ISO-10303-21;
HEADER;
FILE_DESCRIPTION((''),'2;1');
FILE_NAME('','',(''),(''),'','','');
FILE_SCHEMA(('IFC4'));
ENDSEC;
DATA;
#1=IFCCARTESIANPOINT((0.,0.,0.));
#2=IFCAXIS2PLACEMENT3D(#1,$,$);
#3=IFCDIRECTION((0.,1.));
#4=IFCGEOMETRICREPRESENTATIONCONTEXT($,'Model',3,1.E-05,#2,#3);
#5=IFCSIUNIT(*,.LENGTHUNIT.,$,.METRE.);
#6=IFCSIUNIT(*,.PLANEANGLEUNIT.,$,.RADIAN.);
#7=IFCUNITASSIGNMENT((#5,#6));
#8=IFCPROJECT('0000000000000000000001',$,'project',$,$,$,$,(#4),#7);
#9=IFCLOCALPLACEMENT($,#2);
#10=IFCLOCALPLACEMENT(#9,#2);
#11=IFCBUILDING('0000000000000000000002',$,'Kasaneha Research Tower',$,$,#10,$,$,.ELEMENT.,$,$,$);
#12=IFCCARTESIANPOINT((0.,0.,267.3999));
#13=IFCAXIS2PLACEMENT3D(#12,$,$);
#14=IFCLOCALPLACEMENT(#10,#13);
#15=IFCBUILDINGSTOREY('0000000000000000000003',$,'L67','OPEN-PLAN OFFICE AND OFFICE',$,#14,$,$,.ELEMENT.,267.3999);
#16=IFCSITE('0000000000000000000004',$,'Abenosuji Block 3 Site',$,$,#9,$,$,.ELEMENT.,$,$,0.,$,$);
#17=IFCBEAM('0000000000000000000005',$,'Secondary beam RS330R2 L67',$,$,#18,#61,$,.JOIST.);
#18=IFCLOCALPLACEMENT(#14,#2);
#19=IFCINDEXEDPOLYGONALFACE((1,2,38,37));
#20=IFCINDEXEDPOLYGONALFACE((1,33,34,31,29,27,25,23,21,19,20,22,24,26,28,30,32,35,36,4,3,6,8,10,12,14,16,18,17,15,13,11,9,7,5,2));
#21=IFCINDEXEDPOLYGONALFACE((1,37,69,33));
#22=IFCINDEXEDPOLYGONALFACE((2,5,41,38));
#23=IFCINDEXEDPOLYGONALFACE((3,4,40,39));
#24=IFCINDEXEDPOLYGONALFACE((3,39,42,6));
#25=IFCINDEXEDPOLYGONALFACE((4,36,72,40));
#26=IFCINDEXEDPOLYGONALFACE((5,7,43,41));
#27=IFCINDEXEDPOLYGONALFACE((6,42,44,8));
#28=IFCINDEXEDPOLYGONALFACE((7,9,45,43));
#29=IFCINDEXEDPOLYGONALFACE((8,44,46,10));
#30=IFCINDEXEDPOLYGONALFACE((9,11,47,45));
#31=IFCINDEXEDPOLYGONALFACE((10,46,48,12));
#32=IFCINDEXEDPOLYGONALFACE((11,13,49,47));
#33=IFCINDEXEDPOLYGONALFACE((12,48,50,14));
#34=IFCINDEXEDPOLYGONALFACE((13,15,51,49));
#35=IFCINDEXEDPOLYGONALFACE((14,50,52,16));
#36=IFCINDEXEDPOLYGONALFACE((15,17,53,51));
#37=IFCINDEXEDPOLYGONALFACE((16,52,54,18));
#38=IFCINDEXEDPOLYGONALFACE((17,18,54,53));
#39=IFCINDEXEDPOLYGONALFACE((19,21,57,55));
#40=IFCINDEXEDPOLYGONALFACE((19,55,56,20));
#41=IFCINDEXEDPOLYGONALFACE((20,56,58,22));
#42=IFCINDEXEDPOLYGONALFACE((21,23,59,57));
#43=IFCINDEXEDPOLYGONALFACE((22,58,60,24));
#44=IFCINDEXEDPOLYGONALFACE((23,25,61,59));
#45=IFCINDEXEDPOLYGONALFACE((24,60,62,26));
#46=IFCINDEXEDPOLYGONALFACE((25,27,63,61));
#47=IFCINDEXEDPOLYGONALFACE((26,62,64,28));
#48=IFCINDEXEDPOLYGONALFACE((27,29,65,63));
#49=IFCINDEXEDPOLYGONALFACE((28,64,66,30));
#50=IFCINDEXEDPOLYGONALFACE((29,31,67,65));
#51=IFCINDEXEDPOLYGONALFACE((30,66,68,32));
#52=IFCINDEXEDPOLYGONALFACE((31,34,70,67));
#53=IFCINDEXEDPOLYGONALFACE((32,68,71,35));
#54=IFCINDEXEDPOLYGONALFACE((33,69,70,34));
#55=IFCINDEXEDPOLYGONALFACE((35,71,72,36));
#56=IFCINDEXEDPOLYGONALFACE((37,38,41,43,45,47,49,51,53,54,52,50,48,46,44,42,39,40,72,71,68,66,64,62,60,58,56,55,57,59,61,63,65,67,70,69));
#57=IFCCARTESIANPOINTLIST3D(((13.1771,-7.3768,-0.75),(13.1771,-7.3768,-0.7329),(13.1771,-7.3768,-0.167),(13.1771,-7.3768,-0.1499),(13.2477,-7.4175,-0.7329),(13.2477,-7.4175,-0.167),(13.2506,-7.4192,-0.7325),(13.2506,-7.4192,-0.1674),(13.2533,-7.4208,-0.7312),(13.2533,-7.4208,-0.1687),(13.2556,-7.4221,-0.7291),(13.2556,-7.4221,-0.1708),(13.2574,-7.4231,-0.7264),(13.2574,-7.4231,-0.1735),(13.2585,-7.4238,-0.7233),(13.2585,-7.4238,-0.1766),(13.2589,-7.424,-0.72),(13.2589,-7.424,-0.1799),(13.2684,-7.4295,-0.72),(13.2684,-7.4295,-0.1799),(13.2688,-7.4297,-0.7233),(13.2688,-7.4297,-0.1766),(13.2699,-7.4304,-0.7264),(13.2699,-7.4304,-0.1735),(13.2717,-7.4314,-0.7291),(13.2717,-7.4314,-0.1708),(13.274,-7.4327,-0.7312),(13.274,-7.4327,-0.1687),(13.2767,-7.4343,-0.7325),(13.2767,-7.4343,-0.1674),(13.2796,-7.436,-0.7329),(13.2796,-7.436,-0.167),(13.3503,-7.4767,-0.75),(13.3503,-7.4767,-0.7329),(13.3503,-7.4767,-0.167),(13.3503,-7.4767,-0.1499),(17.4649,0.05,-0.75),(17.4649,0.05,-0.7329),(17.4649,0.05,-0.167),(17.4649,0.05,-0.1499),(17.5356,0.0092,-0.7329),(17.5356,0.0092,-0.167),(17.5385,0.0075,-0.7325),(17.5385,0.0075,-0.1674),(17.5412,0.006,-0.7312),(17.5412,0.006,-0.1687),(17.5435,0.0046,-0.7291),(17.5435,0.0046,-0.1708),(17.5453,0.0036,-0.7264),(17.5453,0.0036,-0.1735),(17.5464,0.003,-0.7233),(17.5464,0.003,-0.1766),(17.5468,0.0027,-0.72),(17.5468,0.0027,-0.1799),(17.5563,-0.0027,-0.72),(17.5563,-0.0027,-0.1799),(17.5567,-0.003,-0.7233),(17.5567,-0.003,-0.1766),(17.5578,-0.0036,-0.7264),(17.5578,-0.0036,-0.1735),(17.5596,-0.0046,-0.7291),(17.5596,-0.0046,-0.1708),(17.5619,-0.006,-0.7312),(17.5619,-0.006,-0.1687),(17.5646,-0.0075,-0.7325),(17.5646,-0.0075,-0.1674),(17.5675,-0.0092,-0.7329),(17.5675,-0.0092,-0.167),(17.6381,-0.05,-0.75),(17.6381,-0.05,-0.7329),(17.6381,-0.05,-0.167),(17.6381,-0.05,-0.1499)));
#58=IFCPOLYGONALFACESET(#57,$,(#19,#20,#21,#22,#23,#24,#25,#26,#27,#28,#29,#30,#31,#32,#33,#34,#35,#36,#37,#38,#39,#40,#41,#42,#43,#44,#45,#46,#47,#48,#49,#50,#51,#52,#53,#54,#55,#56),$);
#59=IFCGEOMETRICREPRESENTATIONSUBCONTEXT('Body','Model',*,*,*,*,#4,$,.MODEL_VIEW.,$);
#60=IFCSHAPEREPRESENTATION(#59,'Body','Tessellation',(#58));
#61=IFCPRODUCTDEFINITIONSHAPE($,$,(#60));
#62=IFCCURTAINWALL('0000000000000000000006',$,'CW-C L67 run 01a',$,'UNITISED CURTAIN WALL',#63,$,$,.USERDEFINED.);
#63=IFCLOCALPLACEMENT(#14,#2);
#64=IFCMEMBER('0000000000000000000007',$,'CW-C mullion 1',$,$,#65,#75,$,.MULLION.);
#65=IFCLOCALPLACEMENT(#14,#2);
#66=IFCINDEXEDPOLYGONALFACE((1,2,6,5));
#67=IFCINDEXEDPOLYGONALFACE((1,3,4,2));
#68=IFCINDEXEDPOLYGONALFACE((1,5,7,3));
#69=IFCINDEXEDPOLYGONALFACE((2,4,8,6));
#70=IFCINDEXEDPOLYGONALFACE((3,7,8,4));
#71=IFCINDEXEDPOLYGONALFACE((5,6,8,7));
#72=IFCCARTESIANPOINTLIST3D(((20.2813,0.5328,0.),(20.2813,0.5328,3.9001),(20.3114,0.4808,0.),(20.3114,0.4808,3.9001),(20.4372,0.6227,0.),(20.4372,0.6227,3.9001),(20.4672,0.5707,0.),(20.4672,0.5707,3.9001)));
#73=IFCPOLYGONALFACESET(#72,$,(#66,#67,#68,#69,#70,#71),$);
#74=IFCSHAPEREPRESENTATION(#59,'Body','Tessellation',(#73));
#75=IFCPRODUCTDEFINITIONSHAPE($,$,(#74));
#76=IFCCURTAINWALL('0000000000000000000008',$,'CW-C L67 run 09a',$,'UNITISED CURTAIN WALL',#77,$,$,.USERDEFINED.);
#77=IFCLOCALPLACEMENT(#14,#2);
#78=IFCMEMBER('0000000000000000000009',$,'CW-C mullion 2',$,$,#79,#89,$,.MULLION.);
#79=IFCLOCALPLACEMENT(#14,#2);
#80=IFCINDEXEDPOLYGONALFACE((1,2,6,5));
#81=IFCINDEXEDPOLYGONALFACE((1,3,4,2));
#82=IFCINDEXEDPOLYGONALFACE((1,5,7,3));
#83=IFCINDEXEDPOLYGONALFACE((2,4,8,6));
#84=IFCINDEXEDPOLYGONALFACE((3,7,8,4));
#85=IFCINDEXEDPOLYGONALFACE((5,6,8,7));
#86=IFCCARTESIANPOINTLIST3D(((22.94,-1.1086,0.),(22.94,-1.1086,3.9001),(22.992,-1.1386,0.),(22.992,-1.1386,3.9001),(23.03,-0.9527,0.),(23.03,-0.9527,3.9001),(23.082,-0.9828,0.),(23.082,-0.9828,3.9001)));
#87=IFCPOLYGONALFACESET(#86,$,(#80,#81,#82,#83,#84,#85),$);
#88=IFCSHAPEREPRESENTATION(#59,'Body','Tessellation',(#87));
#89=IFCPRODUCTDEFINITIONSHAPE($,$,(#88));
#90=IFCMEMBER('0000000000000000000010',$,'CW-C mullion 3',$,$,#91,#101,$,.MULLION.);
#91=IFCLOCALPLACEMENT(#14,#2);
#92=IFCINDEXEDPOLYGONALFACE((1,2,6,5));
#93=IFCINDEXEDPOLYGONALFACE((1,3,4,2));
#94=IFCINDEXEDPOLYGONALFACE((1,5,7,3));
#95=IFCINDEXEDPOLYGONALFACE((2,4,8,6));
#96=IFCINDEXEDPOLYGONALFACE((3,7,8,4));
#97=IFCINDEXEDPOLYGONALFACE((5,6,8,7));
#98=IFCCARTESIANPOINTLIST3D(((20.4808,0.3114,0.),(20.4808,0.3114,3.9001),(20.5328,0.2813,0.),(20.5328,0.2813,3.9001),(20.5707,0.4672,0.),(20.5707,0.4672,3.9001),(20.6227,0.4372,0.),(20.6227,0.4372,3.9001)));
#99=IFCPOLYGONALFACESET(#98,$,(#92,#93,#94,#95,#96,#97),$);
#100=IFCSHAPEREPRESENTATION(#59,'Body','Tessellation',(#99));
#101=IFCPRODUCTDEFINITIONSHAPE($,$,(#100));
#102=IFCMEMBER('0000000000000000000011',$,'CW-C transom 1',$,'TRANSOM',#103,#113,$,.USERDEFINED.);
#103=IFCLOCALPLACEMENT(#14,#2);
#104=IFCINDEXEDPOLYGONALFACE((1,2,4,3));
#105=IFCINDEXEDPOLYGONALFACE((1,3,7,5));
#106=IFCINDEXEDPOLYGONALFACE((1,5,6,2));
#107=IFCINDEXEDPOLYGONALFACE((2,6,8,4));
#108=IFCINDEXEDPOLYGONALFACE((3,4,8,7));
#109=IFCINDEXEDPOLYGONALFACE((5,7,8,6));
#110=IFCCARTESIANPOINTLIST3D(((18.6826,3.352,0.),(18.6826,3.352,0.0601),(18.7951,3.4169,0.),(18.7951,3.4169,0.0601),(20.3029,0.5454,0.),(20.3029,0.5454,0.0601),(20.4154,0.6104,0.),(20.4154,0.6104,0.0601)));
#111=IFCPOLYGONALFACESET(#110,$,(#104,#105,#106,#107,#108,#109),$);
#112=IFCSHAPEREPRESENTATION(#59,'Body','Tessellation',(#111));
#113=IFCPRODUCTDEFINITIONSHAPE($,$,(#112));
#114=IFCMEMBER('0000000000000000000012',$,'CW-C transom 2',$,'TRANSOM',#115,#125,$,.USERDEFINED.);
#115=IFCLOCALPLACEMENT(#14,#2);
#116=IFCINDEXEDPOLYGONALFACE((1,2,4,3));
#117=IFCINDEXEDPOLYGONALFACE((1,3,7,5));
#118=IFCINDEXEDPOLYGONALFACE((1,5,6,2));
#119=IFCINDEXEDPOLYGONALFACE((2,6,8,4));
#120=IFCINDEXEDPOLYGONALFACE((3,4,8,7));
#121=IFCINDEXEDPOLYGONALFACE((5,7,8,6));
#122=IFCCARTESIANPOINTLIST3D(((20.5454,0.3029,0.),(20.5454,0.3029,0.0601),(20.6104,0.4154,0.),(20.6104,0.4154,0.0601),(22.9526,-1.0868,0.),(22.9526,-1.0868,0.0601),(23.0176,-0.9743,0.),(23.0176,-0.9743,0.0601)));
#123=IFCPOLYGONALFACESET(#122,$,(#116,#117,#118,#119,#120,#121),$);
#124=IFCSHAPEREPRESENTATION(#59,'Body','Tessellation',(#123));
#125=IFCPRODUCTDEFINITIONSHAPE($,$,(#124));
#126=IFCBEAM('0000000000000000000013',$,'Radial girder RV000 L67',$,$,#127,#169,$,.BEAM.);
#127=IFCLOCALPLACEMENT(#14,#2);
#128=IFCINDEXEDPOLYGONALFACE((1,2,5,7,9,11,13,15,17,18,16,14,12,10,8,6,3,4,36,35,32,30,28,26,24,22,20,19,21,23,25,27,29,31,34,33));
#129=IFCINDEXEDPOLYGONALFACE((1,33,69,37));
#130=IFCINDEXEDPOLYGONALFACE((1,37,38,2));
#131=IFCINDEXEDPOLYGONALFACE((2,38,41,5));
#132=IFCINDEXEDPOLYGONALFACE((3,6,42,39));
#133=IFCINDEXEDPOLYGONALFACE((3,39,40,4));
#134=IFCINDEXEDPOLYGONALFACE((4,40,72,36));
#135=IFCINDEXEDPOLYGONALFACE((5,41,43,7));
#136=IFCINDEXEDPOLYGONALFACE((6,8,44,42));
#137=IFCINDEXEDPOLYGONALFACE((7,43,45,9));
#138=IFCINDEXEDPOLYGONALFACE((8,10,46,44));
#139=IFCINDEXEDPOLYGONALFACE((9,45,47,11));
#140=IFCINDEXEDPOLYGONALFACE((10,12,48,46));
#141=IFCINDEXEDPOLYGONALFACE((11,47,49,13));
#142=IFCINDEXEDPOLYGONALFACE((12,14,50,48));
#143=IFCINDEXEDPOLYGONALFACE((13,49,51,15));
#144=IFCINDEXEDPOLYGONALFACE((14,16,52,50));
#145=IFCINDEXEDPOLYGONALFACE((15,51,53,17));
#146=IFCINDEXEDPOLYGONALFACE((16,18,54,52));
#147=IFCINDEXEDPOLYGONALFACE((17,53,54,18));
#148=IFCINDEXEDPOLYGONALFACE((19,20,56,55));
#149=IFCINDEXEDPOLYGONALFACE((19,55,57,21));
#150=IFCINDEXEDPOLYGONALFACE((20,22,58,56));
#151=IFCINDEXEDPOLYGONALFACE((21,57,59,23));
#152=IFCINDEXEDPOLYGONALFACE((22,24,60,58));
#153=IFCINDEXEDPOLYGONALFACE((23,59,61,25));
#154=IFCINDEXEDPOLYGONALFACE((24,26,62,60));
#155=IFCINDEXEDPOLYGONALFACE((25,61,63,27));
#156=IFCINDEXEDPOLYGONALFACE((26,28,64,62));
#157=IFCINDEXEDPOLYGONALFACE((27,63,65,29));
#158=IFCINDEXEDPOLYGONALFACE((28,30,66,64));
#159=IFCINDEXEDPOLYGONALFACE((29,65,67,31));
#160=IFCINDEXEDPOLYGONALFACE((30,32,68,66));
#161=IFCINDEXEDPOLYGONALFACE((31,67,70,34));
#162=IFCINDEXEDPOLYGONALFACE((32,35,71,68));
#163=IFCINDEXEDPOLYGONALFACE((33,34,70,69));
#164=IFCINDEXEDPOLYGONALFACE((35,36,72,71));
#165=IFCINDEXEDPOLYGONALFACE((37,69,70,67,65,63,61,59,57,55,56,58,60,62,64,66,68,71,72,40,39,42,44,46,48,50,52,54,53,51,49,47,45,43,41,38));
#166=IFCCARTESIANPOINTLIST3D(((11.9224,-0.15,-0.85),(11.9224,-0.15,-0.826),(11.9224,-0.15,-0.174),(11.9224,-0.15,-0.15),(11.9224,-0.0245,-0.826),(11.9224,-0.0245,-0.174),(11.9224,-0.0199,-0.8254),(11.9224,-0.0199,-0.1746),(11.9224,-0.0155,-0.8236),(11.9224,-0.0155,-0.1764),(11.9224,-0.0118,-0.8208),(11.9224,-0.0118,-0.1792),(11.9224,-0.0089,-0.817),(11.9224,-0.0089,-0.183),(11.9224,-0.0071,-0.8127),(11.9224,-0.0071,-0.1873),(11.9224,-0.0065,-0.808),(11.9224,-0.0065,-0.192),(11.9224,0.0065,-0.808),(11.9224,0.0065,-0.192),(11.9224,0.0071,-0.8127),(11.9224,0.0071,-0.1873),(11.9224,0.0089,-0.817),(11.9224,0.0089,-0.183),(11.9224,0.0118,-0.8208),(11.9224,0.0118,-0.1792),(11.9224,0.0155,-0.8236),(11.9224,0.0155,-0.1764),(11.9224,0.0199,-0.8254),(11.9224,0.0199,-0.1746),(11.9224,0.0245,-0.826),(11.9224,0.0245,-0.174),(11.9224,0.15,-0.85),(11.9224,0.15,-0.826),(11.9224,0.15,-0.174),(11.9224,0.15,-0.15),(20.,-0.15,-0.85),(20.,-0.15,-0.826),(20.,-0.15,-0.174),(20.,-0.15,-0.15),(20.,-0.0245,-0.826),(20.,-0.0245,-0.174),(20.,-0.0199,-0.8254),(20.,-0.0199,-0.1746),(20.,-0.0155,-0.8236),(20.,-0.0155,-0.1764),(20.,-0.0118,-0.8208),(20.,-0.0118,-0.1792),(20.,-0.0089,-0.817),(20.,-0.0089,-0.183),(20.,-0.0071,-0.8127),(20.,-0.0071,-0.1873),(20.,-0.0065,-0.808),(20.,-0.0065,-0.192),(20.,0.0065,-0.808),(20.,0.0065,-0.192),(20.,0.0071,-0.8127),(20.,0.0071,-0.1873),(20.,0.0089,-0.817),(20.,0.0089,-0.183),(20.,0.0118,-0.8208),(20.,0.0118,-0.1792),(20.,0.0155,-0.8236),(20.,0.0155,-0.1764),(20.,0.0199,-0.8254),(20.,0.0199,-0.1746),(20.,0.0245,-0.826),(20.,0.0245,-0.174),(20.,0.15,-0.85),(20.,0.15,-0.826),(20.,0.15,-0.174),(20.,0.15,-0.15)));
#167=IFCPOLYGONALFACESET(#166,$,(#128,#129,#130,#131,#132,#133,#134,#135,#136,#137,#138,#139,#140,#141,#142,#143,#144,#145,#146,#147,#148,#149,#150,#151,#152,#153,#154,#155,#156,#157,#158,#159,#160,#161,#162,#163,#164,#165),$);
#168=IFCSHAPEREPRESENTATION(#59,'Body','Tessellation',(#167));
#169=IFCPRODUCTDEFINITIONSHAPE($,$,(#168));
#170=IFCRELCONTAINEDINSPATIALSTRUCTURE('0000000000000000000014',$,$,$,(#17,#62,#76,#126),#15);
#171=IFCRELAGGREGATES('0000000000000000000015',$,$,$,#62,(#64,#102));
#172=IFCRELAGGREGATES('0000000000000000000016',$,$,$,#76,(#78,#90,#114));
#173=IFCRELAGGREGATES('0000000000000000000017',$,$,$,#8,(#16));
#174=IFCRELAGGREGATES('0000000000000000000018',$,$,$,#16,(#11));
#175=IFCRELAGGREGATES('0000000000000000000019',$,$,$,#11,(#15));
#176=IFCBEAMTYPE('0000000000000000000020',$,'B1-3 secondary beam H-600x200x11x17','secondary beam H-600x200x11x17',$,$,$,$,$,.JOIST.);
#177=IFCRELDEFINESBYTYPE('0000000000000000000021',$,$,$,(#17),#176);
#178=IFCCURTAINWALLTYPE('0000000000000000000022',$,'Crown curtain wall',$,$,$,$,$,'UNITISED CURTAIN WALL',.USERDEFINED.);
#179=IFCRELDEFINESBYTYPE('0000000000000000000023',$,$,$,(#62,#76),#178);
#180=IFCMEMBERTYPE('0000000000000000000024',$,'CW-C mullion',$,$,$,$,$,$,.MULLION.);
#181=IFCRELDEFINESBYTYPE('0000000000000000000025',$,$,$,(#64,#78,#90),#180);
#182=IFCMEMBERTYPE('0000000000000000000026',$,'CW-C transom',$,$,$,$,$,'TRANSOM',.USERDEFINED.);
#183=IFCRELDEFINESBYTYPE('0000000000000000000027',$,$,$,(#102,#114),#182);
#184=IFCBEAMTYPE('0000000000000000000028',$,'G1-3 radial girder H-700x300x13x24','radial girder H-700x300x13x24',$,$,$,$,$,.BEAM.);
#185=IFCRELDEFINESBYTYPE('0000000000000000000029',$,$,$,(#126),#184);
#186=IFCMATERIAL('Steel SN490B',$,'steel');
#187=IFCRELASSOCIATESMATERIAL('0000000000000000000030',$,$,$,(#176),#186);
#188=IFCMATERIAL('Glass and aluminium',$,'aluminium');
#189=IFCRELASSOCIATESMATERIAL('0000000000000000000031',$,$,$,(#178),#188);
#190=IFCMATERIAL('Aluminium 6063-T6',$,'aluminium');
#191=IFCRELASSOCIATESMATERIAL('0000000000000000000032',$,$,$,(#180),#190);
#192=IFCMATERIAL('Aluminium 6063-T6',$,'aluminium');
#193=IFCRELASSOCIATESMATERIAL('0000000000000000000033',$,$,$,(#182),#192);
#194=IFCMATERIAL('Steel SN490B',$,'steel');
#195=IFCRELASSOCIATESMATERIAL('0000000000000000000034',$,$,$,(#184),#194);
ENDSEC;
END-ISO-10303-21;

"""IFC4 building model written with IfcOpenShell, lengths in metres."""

from ifc_helpers import new_model, si_unit, direction, frame, origin, origin_2d, place, context, subcontext, project, spatial, rectangle, i_section, extrude, material, material_profile, profile_set, type_object, element, aggregate, save


model = new_model("IFC4")

# Units and contexts
model_context = context("Model", 3, precision=1e-05, world=origin(), true_north=direction((0.0, 1.0)))
body_context = subcontext(model_context, "Body", "Model", "MODEL_VIEW")
ifc_project = project(units=[si_unit("LENGTHUNIT", "METRE"), si_unit("PLANEANGLEUNIT", "RADIAN")], contexts=[model_context])

# Site, building, storey
site_placement = place(None, origin())
site = spatial("IfcSite", under=ifc_project, at=site_placement, Name="Abenosuji Block 3 Site", CompositionType="ELEMENT", RefElevation=0.0)
building_placement = place(site_placement, origin())
building = spatial("IfcBuilding", under=site, at=building_placement, Name="Kasaneha Research Tower", CompositionType="ELEMENT")
storey_placement = place(building_placement, frame((0.0, 0.0, 267.3999)))
storey = spatial("IfcBuildingStorey", under=building, at=storey_placement, Name="L67", Description="OPEN-PLAN OFFICE AND OFFICE", CompositionType="ELEMENT", Elevation=267.3999)

# Beam
ifc_material_1 = material(Name="Steel SN490B", Category="steel")
ifc_material_profile_1 = material_profile(ifc_material_1, i_section(OverallWidth=0.2, OverallDepth=0.6001, WebThickness=0.011, FlangeThickness=0.0171, FilletRadius=0.0129, at=origin_2d()), Name="H-600x200x11x17")
ifc_profile_set_1 = profile_set([ifc_material_profile_1], Name="Steel SN490B")
beam_type_1 = type_object("IfcBeamType", Name="B1-3 secondary beam H-600x200x11x17", Description="secondary beam H-600x200x11x17", PredefinedType="JOIST", material=ifc_profile_set_1)
beam_1_placement = place(storey_placement, frame((17.5515, 0.0, -0.45), z_axis=(-0.5, -0.866025, 0.0), x_axis=(0.866025, -0.5, 0.0)))
element("IfcBeam", 1, at=beam_1_placement, inside=storey, type_object=beam_type_1, Name="Secondary beam RS330R2 L67", PredefinedType="JOIST", context=body_context, shape_type="SweptSolid", body=[
    extrude(i_section(OverallWidth=0.2, OverallDepth=0.6001, WebThickness=0.011, FlangeThickness=0.0171, FilletRadius=0.0129, at=origin_2d()), origin(), (0.0, 0.0, 1.0), 8.5757),
])

# Curtain wall, member
ifc_material_2 = material(Name="Glass and aluminium", Category="aluminium")
curtain_wall_type = type_object("IfcCurtainWallType", Name="Crown curtain wall", ElementType="UNITISED CURTAIN WALL", PredefinedType="USERDEFINED", material=ifc_material_2)
curtain_wall_1_placement = place(storey_placement, origin())
curtain_wall_1 = element("IfcCurtainWall", 2, at=curtain_wall_1_placement, inside=storey, type_object=curtain_wall_type, Name="CW-C L67 run 01a", ObjectType="UNITISED CURTAIN WALL", PredefinedType="USERDEFINED")
ifc_material_3 = material(Name="Aluminium 6063-T6", Category="aluminium")
ifc_material_profile_2 = material_profile(ifc_material_3, rectangle(XDim=0.0601, YDim=0.1799, at=origin_2d()), Name="CW-C mullion 60x180")
ifc_profile_set_2 = profile_set([ifc_material_profile_2], Name="Aluminium 6063-T6")
member_type_1 = type_object("IfcMemberType", Name="CW-C mullion", PredefinedType="MULLION", material=ifc_profile_set_2)
member_1_placement = place(storey_placement, frame((20.3743, 0.5518, 0.0), z_axis=(0.0, 0.0, 1.0), x_axis=(-0.5, 0.866025, 0.0)))
member_1 = element("IfcMember", 3, at=member_1_placement, type_object=member_type_1, Name="CW-C mullion 1", PredefinedType="MULLION", context=body_context, shape_type="SweptSolid", body=[
    extrude(rectangle(XDim=0.0601, YDim=0.1799, at=origin_2d()), origin(), (0.0, 0.0, 1.0), 3.9001),
])

# Curtain wall, members
curtain_wall_2_placement = place(storey_placement, origin())
curtain_wall_2 = element("IfcCurtainWall", 4, at=curtain_wall_2_placement, inside=storey, type_object=curtain_wall_type, Name="CW-C L67 run 09a", ObjectType="UNITISED CURTAIN WALL", PredefinedType="USERDEFINED")
member_2_placement = place(storey_placement, frame((23.011, -1.0457, 0.0), z_axis=(0.0, 0.0, 1.0), x_axis=(-0.866025, 0.5, 0.0)))
member_2 = element("IfcMember", 5, at=member_2_placement, type_object=member_type_1, Name="CW-C mullion 2", PredefinedType="MULLION", context=body_context, shape_type="SweptSolid", body=[
    extrude(rectangle(XDim=0.0601, YDim=0.1799, at=origin_2d()), origin(), (0.0, 0.0, 1.0), 3.9001),
])
member_3_placement = place(storey_placement, frame((20.5518, 0.3743, 0.0), z_axis=(0.0, 0.0, 1.0), x_axis=(-0.866025, 0.5, 0.0)))
member_3 = element("IfcMember", 6, at=member_3_placement, type_object=member_type_1, Name="CW-C mullion 3", PredefinedType="MULLION", context=body_context, shape_type="SweptSolid", body=[
    extrude(rectangle(XDim=0.0601, YDim=0.1799, at=origin_2d()), origin(), (0.0, 0.0, 1.0), 3.9001),
])

# Members
ifc_material_4 = material(Name="Aluminium 6063-T6", Category="aluminium")
ifc_material_profile_3 = material_profile(ifc_material_4, rectangle(XDim=0.1299, YDim=0.0601, at=origin_2d()), Name="CW-C transom 130x60")
ifc_profile_set_3 = profile_set([ifc_material_profile_3], Name="Aluminium 6063-T6")
member_type_2 = type_object("IfcMemberType", Name="CW-C transom", ElementType="TRANSOM", PredefinedType="USERDEFINED", material=ifc_profile_set_3)
member_4_placement = place(storey_placement, frame((20.3591, 0.5779, 0.03), z_axis=(-0.499988, 0.866033, 0.0), x_axis=(-0.866033, -0.499988, 0.0)))
member_4 = element("IfcMember", 7, at=member_4_placement, type_object=member_type_2, Name="CW-C transom 1", ObjectType="TRANSOM", PredefinedType="USERDEFINED", context=body_context, shape_type="SweptSolid", body=[
    extrude(rectangle(XDim=0.1299, YDim=0.0601, at=origin_2d()), origin(), (0.0, 0.0, 1.0), 3.2407),
])
member_5_placement = place(storey_placement, frame((22.9851, -1.0305, 0.03), z_axis=(-0.866051, 0.499956, 0.0), x_axis=(-0.499956, -0.866051, 0.0)))
member_5 = element("IfcMember", 8, at=member_5_placement, type_object=member_type_2, Name="CW-C transom 2", ObjectType="TRANSOM", PredefinedType="USERDEFINED", context=body_context, shape_type="SweptSolid", body=[
    extrude(rectangle(XDim=0.1299, YDim=0.0601, at=origin_2d()), origin(), (0.0, 0.0, 1.0), 2.7795),
])

# Beam
ifc_material_5 = material(Name="Steel SN490B", Category="steel")
ifc_material_profile_4 = material_profile(ifc_material_5, i_section(OverallWidth=0.3, OverallDepth=0.7, WebThickness=0.0129, FlangeThickness=0.0239, FilletRadius=0.0181, at=origin_2d()), Name="H-700x300x13x24")
ifc_profile_set_4 = profile_set([ifc_material_profile_4], Name="Steel SN490B")
beam_type_2 = type_object("IfcBeamType", Name="G1-3 radial girder H-700x300x13x24", Description="radial girder H-700x300x13x24", PredefinedType="BEAM", material=ifc_profile_set_4)
beam_2_placement = place(storey_placement, frame((11.9224, 0.0, -0.5), z_axis=(1.0, 0.0, 0.0), x_axis=(0.0, 1.0, 0.0)))
element("IfcBeam", 9, at=beam_2_placement, inside=storey, type_object=beam_type_2, Name="Radial girder RV000 L67", PredefinedType="BEAM", context=body_context, shape_type="SweptSolid", body=[
    extrude(i_section(OverallWidth=0.3, OverallDepth=0.7, WebThickness=0.0129, FlangeThickness=0.0239, FilletRadius=0.0181, at=origin_2d()), origin(), (0.0, 0.0, 1.0), 8.0776),
])

aggregate(curtain_wall_1, [member_1, member_4])
aggregate(curtain_wall_2, [member_2, member_3, member_5])

save(model, "model.ifc")
